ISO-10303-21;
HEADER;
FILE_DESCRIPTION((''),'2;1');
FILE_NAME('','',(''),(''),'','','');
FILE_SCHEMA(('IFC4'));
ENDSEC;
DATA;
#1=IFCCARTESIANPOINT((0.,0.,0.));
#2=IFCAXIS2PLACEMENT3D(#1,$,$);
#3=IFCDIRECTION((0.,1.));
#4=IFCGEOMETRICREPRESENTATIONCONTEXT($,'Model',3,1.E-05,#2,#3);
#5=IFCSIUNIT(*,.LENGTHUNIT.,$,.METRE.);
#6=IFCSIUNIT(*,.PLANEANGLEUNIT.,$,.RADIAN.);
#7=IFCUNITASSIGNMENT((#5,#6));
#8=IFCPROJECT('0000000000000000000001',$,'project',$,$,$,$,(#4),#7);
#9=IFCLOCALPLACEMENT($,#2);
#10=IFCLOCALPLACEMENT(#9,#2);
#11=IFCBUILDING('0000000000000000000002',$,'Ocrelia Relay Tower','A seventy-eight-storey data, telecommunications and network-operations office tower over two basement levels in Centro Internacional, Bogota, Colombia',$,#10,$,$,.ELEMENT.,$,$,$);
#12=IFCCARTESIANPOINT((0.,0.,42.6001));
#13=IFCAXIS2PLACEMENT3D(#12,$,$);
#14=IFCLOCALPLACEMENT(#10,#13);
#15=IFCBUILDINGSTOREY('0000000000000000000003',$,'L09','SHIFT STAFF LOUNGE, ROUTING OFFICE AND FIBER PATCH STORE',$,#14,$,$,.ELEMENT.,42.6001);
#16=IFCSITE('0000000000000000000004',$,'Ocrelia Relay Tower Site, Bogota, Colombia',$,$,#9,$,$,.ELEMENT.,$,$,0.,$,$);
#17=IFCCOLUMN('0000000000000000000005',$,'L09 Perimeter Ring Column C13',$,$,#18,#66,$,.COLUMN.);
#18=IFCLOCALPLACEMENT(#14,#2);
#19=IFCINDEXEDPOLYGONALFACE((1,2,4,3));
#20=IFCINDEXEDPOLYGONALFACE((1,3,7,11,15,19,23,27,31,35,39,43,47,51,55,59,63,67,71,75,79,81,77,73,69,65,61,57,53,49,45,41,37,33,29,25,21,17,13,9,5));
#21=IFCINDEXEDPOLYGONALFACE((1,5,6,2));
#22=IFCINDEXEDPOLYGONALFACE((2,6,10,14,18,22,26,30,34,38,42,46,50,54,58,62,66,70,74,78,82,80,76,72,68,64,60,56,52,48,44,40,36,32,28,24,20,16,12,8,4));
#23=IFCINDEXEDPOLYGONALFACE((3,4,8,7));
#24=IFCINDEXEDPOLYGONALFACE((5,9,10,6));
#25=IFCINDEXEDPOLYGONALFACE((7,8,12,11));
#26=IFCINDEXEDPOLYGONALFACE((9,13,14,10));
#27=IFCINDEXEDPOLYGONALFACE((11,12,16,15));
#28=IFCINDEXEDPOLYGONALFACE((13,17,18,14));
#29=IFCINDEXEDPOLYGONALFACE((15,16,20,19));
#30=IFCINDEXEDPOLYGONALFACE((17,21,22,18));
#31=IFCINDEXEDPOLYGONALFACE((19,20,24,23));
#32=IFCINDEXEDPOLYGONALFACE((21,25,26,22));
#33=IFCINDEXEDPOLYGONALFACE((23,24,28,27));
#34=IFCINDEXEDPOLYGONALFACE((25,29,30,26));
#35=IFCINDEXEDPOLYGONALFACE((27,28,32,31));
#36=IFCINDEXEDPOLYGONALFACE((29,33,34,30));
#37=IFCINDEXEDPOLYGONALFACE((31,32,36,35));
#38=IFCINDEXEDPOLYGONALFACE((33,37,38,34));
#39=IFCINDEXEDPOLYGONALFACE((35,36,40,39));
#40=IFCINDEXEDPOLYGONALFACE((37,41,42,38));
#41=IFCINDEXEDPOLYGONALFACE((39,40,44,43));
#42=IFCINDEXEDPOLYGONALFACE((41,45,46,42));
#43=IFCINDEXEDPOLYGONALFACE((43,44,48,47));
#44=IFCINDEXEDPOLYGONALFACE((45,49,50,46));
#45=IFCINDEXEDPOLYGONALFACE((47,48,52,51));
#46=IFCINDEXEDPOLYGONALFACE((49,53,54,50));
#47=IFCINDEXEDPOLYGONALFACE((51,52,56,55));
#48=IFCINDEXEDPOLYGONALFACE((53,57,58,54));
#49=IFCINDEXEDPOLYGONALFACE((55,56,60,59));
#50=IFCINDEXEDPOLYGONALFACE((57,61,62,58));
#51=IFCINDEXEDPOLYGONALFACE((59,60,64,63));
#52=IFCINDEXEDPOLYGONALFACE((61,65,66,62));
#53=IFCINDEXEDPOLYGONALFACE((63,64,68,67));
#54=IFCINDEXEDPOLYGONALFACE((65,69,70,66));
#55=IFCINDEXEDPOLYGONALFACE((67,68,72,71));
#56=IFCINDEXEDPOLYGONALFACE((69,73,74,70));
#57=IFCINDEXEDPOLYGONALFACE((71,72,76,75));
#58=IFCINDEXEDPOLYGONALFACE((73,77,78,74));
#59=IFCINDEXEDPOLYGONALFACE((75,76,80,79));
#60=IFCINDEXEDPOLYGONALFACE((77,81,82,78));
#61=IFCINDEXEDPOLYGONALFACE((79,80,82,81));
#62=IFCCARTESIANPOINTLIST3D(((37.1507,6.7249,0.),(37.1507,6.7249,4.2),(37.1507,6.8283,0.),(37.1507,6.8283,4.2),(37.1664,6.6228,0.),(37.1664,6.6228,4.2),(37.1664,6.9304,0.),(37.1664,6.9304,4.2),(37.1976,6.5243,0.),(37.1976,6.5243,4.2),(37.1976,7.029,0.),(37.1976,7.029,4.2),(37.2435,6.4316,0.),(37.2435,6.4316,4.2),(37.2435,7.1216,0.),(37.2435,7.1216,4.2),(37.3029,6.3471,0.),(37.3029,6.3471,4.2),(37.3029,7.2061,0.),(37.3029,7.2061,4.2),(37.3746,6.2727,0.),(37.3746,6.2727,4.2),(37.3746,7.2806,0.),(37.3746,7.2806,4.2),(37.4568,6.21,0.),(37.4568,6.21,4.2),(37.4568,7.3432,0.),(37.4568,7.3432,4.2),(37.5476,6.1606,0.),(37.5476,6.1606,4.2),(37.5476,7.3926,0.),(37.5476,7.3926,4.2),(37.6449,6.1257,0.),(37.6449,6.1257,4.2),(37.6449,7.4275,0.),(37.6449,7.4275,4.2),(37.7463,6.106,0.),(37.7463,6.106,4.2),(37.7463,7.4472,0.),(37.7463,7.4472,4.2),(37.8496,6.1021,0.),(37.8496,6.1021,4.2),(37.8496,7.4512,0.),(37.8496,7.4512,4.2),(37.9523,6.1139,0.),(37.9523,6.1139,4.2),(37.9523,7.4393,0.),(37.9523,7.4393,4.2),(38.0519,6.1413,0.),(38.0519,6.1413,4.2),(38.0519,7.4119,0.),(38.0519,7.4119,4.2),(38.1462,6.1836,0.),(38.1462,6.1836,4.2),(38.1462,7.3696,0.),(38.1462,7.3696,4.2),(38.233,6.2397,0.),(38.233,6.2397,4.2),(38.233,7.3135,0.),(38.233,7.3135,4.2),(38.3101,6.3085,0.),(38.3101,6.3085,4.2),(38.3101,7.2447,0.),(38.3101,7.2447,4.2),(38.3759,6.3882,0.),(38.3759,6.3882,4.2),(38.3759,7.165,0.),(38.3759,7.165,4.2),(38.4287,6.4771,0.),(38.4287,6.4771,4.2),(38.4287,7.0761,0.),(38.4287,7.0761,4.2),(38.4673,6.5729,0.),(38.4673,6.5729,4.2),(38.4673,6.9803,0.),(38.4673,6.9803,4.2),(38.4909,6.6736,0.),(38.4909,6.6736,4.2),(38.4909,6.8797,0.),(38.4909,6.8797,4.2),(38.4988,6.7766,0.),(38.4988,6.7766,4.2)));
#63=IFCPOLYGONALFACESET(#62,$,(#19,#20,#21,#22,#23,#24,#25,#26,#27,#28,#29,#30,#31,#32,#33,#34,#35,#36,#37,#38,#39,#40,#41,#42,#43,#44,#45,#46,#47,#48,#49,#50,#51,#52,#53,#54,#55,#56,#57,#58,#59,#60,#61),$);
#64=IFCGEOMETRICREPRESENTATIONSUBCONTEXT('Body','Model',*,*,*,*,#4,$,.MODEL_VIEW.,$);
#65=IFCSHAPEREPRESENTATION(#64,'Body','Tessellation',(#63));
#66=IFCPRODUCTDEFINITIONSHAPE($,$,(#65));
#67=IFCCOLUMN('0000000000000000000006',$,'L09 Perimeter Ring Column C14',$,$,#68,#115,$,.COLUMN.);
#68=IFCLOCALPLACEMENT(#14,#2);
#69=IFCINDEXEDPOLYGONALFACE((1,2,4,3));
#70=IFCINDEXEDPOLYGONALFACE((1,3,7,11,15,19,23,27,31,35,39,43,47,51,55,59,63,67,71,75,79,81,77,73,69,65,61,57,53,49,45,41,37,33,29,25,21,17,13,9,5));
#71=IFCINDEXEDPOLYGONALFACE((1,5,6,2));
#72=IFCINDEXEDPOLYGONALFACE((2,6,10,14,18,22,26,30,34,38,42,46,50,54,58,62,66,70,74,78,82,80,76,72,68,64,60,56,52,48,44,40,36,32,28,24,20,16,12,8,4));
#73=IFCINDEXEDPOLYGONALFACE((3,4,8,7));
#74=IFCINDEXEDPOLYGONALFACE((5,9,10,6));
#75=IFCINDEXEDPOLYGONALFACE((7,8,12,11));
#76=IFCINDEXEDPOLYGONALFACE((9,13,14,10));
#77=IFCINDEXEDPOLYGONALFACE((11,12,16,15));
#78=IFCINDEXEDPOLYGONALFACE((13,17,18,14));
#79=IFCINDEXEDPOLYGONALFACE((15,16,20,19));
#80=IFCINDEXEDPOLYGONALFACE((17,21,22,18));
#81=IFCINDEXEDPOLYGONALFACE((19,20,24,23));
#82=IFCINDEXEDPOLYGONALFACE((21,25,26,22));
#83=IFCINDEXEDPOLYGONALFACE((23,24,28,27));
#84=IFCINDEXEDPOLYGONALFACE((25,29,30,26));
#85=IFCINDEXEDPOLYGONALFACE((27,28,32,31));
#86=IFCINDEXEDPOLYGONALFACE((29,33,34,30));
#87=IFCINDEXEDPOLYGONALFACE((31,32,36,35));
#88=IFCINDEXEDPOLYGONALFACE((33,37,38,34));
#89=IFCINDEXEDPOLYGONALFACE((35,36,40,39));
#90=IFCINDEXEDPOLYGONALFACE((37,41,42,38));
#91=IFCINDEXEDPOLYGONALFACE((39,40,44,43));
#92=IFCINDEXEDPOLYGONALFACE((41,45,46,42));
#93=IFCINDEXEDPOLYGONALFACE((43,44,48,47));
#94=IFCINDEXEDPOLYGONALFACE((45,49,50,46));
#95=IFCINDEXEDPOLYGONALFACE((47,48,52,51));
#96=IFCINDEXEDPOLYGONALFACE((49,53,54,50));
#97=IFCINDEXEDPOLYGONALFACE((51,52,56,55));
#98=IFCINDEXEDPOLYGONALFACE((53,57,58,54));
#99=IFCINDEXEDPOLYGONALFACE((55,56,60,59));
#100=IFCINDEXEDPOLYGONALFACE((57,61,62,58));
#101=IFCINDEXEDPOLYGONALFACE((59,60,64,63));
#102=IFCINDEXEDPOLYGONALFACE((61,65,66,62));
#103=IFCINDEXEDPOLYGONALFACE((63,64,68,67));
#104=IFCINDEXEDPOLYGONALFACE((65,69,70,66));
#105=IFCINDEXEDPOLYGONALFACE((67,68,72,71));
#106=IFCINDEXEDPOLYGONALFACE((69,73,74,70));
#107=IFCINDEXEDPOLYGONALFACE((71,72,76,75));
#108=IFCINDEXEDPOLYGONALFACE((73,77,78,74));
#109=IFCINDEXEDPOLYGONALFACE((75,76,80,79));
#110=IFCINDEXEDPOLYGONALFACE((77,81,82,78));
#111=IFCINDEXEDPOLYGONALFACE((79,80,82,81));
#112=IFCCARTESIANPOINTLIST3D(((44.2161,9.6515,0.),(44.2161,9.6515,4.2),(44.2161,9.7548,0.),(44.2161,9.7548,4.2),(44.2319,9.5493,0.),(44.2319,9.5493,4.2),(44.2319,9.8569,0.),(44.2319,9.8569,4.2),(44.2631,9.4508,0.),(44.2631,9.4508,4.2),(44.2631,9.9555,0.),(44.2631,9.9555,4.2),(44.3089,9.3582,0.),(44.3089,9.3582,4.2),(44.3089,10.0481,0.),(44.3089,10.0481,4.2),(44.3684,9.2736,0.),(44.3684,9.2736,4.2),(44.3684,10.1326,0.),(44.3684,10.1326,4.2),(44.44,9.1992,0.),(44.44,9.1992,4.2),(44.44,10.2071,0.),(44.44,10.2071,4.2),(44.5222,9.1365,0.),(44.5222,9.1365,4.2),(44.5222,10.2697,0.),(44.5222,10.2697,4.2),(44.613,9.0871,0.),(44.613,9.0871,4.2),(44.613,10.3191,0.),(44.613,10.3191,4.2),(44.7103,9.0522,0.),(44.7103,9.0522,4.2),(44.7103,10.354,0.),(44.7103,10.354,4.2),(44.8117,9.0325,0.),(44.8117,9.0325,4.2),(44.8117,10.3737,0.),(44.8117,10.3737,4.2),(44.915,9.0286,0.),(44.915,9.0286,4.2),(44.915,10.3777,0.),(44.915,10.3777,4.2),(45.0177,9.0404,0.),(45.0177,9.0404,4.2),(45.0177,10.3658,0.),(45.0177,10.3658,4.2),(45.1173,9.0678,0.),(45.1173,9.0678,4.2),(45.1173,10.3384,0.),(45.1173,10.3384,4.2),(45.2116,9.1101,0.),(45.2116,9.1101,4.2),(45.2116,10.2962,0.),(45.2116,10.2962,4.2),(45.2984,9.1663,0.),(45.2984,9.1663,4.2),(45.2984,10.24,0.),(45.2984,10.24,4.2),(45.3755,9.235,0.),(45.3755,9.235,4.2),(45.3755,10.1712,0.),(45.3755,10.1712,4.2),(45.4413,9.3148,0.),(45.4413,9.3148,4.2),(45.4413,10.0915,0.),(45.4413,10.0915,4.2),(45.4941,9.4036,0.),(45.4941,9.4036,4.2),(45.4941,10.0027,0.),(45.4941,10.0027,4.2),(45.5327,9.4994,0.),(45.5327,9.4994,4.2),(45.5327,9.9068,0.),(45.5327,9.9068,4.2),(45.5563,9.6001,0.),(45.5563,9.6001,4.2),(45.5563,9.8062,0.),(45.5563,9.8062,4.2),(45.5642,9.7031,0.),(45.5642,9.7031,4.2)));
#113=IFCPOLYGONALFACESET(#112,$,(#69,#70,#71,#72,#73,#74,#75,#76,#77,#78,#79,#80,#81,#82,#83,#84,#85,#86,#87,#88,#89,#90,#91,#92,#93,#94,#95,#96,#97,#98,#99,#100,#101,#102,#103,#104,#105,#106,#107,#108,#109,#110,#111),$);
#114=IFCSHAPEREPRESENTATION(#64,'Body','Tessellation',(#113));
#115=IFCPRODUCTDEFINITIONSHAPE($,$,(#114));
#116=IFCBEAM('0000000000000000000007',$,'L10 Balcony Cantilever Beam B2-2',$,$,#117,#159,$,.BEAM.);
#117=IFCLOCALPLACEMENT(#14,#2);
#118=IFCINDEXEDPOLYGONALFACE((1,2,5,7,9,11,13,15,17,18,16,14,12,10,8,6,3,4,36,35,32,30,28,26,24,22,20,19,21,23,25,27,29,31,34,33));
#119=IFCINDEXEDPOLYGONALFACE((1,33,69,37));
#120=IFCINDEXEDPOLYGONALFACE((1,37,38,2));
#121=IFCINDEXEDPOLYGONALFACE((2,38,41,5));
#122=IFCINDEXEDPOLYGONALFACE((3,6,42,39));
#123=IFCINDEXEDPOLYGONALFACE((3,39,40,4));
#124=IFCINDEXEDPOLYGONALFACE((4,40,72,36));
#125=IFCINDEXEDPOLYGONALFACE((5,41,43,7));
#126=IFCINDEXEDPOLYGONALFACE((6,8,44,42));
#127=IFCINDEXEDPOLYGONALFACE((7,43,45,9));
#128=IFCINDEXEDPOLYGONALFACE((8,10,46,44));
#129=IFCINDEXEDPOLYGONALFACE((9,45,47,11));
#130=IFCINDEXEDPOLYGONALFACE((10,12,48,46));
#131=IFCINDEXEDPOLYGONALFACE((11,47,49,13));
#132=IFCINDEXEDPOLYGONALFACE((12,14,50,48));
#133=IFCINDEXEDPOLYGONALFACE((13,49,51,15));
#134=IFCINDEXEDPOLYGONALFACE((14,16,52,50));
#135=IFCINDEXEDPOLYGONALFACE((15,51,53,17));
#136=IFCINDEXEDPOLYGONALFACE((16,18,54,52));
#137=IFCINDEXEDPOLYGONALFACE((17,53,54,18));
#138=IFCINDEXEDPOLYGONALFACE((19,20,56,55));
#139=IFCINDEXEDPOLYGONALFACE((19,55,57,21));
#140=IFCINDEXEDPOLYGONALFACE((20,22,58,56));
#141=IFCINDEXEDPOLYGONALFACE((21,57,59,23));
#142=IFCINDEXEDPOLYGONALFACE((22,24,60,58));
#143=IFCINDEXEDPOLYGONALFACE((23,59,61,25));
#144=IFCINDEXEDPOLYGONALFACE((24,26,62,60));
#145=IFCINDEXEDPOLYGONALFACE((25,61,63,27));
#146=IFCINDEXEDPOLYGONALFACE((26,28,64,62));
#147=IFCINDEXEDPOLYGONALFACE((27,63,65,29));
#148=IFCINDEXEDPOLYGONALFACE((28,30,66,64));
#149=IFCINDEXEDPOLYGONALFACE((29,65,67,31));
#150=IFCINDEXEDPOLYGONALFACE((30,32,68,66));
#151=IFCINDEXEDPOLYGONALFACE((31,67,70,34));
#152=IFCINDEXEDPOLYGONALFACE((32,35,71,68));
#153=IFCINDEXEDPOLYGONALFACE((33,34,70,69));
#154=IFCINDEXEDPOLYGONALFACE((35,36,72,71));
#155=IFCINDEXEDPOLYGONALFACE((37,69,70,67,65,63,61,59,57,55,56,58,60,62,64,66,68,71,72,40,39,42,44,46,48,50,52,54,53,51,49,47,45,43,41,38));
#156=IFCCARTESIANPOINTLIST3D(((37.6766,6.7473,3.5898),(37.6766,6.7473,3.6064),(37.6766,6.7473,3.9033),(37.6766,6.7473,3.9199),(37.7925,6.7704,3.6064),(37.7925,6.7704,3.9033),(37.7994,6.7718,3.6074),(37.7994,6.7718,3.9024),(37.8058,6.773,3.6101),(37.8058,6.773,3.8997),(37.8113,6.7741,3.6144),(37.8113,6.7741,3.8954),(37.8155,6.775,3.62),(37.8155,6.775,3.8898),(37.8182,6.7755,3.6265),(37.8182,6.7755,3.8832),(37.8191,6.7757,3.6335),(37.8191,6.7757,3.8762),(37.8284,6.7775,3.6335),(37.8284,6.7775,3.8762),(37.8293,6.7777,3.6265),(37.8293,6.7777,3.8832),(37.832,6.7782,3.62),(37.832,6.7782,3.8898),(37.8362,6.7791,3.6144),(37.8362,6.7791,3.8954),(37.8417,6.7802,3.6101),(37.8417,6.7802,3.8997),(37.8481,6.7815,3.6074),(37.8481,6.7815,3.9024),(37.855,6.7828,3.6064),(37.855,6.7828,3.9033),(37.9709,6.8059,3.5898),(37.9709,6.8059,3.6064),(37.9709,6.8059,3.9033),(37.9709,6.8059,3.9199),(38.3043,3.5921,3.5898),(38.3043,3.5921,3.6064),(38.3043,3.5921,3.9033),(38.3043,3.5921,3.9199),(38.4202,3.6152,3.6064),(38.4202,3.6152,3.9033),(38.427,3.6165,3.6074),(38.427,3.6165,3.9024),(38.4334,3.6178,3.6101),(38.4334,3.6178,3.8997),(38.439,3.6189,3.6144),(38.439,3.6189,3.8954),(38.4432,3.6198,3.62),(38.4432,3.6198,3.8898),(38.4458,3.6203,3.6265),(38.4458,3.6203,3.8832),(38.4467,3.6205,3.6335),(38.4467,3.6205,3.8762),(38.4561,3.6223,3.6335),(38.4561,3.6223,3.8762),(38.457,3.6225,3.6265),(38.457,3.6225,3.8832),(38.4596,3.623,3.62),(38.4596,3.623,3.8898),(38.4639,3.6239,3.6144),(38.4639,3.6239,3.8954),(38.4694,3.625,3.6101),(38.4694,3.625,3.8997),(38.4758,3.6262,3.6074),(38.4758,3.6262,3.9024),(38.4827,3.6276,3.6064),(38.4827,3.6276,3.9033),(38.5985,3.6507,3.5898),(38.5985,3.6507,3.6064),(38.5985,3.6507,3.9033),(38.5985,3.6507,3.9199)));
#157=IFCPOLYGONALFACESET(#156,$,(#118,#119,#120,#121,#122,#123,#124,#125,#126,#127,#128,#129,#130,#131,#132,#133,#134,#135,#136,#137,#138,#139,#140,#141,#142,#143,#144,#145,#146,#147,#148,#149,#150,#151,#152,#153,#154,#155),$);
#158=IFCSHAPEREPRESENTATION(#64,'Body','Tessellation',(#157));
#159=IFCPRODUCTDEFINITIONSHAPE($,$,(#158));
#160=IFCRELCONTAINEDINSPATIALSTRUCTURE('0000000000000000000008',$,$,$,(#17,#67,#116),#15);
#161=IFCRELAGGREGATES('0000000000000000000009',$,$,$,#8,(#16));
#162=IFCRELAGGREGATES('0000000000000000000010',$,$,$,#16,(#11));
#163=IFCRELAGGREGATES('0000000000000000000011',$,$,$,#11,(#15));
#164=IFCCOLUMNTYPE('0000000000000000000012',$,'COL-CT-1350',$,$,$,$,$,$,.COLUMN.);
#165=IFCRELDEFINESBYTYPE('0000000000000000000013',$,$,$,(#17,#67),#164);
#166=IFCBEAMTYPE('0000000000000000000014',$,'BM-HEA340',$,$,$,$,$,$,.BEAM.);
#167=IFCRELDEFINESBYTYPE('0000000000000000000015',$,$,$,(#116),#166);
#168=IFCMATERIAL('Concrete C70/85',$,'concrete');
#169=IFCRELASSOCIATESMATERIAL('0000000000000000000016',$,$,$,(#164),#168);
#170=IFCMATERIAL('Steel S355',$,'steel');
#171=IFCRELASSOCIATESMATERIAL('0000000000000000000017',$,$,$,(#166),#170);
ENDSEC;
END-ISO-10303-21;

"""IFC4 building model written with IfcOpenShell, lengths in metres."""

from ifc_helpers import new_model, si_unit, direction, frame, origin, origin_2d, place, context, subcontext, project, spatial, circle, i_section, extrude, material, material_profile, profile_set, type_object, element, save


model = new_model("IFC4")

# Units and contexts
model_context = context("Model", 3, precision=1e-05, world=origin(), true_north=direction((0.0, 1.0)))
body_context = subcontext(model_context, "Body", "Model", "MODEL_VIEW")
ifc_project = project(units=[si_unit("LENGTHUNIT", "METRE"), si_unit("PLANEANGLEUNIT", "RADIAN")], contexts=[model_context])

# Site, building, storey
site_placement = place(None, origin())
site = spatial("IfcSite", under=ifc_project, at=site_placement, Name="Ocrelia Relay Tower Site, Bogota, Colombia", CompositionType="ELEMENT", RefElevation=0.0)
building_placement = place(site_placement, origin())
building = spatial("IfcBuilding", under=site, at=building_placement, Name="Ocrelia Relay Tower", Description="A seventy-eight-storey data, telecommunications and network-operations office tower over two basement levels in Centro Internacional, Bogota, Colombia", CompositionType="ELEMENT")
storey_placement = place(building_placement, frame((0.0, 0.0, 42.6001)))
storey = spatial("IfcBuildingStorey", under=building, at=storey_placement, Name="L09", Description="SHIFT STAFF LOUNGE, ROUTING OFFICE AND FIBER PATCH STORE", CompositionType="ELEMENT", Elevation=42.6001)

# Columns
ifc_material_1 = material(Name="Concrete C70/85", Category="concrete")
ifc_material_profile_1 = material_profile(ifc_material_1, circle(Radius=0.675, at=origin_2d()), Name="RC-CIR-1350")
ifc_profile_set_1 = profile_set([ifc_material_profile_1], Name="Concrete C70/85")
column_type = type_object("IfcColumnType", Name="COL-CT-1350", PredefinedType="COLUMN", material=ifc_profile_set_1)
for number, where, z_axis, x_axis, name in (
    (1, (37.8237, 6.7766, 0.0), (0.0, 0.0, 1.0), (1.0, 0.0, 0.0), "L09 Perimeter Ring Column C13"),
    (2, (44.8892, 9.7031, 0.0), (0.0, 0.0, 1.0), (1.0, 0.0, 0.0), "L09 Perimeter Ring Column C14"),
):
    element("IfcColumn", number, at=place(storey_placement, frame(where, z_axis=z_axis, x_axis=x_axis)), inside=storey, type_object=column_type, Name=name, PredefinedType="COLUMN", context=body_context, shape_type="SweptSolid", body=[
        extrude(circle(Radius=0.675, at=origin_2d()), origin(), (0.0, 0.0, 1.0), 4.2),
    ])

# Beam
ifc_material_2 = material(Name="Steel S355", Category="steel")
ifc_material_profile_2 = material_profile(ifc_material_2, i_section(OverallWidth=0.3, OverallDepth=0.3301, WebThickness=0.0095, FlangeThickness=0.0166, FilletRadius=0.0271, at=origin_2d()), Name="HEA 340")
ifc_profile_set_2 = profile_set([ifc_material_profile_2], Name="Steel S355")
beam_type_1 = type_object("IfcBeamType", Name="BM-HEA340", PredefinedType="BEAM", material=ifc_profile_set_2)
beam_1_placement = place(storey_placement, frame((37.8237, 6.7766, 3.7549), z_axis=(0.195109, -0.980782, 0.0), x_axis=(0.980782, 0.195109, 0.0)))
element("IfcBeam", 3, at=beam_1_placement, inside=storey, type_object=beam_type_1, Name="L10 Balcony Cantilever Beam B2-2", PredefinedType="BEAM", context=body_context, shape_type="SweptSolid", body=[
    extrude(i_section(OverallWidth=0.3, OverallDepth=0.3301, WebThickness=0.0095, FlangeThickness=0.0166, FilletRadius=0.0271, at=origin_2d()), origin(), (0.0, 0.0, 1.0), 3.217),
])

save(model, "model.ifc")
